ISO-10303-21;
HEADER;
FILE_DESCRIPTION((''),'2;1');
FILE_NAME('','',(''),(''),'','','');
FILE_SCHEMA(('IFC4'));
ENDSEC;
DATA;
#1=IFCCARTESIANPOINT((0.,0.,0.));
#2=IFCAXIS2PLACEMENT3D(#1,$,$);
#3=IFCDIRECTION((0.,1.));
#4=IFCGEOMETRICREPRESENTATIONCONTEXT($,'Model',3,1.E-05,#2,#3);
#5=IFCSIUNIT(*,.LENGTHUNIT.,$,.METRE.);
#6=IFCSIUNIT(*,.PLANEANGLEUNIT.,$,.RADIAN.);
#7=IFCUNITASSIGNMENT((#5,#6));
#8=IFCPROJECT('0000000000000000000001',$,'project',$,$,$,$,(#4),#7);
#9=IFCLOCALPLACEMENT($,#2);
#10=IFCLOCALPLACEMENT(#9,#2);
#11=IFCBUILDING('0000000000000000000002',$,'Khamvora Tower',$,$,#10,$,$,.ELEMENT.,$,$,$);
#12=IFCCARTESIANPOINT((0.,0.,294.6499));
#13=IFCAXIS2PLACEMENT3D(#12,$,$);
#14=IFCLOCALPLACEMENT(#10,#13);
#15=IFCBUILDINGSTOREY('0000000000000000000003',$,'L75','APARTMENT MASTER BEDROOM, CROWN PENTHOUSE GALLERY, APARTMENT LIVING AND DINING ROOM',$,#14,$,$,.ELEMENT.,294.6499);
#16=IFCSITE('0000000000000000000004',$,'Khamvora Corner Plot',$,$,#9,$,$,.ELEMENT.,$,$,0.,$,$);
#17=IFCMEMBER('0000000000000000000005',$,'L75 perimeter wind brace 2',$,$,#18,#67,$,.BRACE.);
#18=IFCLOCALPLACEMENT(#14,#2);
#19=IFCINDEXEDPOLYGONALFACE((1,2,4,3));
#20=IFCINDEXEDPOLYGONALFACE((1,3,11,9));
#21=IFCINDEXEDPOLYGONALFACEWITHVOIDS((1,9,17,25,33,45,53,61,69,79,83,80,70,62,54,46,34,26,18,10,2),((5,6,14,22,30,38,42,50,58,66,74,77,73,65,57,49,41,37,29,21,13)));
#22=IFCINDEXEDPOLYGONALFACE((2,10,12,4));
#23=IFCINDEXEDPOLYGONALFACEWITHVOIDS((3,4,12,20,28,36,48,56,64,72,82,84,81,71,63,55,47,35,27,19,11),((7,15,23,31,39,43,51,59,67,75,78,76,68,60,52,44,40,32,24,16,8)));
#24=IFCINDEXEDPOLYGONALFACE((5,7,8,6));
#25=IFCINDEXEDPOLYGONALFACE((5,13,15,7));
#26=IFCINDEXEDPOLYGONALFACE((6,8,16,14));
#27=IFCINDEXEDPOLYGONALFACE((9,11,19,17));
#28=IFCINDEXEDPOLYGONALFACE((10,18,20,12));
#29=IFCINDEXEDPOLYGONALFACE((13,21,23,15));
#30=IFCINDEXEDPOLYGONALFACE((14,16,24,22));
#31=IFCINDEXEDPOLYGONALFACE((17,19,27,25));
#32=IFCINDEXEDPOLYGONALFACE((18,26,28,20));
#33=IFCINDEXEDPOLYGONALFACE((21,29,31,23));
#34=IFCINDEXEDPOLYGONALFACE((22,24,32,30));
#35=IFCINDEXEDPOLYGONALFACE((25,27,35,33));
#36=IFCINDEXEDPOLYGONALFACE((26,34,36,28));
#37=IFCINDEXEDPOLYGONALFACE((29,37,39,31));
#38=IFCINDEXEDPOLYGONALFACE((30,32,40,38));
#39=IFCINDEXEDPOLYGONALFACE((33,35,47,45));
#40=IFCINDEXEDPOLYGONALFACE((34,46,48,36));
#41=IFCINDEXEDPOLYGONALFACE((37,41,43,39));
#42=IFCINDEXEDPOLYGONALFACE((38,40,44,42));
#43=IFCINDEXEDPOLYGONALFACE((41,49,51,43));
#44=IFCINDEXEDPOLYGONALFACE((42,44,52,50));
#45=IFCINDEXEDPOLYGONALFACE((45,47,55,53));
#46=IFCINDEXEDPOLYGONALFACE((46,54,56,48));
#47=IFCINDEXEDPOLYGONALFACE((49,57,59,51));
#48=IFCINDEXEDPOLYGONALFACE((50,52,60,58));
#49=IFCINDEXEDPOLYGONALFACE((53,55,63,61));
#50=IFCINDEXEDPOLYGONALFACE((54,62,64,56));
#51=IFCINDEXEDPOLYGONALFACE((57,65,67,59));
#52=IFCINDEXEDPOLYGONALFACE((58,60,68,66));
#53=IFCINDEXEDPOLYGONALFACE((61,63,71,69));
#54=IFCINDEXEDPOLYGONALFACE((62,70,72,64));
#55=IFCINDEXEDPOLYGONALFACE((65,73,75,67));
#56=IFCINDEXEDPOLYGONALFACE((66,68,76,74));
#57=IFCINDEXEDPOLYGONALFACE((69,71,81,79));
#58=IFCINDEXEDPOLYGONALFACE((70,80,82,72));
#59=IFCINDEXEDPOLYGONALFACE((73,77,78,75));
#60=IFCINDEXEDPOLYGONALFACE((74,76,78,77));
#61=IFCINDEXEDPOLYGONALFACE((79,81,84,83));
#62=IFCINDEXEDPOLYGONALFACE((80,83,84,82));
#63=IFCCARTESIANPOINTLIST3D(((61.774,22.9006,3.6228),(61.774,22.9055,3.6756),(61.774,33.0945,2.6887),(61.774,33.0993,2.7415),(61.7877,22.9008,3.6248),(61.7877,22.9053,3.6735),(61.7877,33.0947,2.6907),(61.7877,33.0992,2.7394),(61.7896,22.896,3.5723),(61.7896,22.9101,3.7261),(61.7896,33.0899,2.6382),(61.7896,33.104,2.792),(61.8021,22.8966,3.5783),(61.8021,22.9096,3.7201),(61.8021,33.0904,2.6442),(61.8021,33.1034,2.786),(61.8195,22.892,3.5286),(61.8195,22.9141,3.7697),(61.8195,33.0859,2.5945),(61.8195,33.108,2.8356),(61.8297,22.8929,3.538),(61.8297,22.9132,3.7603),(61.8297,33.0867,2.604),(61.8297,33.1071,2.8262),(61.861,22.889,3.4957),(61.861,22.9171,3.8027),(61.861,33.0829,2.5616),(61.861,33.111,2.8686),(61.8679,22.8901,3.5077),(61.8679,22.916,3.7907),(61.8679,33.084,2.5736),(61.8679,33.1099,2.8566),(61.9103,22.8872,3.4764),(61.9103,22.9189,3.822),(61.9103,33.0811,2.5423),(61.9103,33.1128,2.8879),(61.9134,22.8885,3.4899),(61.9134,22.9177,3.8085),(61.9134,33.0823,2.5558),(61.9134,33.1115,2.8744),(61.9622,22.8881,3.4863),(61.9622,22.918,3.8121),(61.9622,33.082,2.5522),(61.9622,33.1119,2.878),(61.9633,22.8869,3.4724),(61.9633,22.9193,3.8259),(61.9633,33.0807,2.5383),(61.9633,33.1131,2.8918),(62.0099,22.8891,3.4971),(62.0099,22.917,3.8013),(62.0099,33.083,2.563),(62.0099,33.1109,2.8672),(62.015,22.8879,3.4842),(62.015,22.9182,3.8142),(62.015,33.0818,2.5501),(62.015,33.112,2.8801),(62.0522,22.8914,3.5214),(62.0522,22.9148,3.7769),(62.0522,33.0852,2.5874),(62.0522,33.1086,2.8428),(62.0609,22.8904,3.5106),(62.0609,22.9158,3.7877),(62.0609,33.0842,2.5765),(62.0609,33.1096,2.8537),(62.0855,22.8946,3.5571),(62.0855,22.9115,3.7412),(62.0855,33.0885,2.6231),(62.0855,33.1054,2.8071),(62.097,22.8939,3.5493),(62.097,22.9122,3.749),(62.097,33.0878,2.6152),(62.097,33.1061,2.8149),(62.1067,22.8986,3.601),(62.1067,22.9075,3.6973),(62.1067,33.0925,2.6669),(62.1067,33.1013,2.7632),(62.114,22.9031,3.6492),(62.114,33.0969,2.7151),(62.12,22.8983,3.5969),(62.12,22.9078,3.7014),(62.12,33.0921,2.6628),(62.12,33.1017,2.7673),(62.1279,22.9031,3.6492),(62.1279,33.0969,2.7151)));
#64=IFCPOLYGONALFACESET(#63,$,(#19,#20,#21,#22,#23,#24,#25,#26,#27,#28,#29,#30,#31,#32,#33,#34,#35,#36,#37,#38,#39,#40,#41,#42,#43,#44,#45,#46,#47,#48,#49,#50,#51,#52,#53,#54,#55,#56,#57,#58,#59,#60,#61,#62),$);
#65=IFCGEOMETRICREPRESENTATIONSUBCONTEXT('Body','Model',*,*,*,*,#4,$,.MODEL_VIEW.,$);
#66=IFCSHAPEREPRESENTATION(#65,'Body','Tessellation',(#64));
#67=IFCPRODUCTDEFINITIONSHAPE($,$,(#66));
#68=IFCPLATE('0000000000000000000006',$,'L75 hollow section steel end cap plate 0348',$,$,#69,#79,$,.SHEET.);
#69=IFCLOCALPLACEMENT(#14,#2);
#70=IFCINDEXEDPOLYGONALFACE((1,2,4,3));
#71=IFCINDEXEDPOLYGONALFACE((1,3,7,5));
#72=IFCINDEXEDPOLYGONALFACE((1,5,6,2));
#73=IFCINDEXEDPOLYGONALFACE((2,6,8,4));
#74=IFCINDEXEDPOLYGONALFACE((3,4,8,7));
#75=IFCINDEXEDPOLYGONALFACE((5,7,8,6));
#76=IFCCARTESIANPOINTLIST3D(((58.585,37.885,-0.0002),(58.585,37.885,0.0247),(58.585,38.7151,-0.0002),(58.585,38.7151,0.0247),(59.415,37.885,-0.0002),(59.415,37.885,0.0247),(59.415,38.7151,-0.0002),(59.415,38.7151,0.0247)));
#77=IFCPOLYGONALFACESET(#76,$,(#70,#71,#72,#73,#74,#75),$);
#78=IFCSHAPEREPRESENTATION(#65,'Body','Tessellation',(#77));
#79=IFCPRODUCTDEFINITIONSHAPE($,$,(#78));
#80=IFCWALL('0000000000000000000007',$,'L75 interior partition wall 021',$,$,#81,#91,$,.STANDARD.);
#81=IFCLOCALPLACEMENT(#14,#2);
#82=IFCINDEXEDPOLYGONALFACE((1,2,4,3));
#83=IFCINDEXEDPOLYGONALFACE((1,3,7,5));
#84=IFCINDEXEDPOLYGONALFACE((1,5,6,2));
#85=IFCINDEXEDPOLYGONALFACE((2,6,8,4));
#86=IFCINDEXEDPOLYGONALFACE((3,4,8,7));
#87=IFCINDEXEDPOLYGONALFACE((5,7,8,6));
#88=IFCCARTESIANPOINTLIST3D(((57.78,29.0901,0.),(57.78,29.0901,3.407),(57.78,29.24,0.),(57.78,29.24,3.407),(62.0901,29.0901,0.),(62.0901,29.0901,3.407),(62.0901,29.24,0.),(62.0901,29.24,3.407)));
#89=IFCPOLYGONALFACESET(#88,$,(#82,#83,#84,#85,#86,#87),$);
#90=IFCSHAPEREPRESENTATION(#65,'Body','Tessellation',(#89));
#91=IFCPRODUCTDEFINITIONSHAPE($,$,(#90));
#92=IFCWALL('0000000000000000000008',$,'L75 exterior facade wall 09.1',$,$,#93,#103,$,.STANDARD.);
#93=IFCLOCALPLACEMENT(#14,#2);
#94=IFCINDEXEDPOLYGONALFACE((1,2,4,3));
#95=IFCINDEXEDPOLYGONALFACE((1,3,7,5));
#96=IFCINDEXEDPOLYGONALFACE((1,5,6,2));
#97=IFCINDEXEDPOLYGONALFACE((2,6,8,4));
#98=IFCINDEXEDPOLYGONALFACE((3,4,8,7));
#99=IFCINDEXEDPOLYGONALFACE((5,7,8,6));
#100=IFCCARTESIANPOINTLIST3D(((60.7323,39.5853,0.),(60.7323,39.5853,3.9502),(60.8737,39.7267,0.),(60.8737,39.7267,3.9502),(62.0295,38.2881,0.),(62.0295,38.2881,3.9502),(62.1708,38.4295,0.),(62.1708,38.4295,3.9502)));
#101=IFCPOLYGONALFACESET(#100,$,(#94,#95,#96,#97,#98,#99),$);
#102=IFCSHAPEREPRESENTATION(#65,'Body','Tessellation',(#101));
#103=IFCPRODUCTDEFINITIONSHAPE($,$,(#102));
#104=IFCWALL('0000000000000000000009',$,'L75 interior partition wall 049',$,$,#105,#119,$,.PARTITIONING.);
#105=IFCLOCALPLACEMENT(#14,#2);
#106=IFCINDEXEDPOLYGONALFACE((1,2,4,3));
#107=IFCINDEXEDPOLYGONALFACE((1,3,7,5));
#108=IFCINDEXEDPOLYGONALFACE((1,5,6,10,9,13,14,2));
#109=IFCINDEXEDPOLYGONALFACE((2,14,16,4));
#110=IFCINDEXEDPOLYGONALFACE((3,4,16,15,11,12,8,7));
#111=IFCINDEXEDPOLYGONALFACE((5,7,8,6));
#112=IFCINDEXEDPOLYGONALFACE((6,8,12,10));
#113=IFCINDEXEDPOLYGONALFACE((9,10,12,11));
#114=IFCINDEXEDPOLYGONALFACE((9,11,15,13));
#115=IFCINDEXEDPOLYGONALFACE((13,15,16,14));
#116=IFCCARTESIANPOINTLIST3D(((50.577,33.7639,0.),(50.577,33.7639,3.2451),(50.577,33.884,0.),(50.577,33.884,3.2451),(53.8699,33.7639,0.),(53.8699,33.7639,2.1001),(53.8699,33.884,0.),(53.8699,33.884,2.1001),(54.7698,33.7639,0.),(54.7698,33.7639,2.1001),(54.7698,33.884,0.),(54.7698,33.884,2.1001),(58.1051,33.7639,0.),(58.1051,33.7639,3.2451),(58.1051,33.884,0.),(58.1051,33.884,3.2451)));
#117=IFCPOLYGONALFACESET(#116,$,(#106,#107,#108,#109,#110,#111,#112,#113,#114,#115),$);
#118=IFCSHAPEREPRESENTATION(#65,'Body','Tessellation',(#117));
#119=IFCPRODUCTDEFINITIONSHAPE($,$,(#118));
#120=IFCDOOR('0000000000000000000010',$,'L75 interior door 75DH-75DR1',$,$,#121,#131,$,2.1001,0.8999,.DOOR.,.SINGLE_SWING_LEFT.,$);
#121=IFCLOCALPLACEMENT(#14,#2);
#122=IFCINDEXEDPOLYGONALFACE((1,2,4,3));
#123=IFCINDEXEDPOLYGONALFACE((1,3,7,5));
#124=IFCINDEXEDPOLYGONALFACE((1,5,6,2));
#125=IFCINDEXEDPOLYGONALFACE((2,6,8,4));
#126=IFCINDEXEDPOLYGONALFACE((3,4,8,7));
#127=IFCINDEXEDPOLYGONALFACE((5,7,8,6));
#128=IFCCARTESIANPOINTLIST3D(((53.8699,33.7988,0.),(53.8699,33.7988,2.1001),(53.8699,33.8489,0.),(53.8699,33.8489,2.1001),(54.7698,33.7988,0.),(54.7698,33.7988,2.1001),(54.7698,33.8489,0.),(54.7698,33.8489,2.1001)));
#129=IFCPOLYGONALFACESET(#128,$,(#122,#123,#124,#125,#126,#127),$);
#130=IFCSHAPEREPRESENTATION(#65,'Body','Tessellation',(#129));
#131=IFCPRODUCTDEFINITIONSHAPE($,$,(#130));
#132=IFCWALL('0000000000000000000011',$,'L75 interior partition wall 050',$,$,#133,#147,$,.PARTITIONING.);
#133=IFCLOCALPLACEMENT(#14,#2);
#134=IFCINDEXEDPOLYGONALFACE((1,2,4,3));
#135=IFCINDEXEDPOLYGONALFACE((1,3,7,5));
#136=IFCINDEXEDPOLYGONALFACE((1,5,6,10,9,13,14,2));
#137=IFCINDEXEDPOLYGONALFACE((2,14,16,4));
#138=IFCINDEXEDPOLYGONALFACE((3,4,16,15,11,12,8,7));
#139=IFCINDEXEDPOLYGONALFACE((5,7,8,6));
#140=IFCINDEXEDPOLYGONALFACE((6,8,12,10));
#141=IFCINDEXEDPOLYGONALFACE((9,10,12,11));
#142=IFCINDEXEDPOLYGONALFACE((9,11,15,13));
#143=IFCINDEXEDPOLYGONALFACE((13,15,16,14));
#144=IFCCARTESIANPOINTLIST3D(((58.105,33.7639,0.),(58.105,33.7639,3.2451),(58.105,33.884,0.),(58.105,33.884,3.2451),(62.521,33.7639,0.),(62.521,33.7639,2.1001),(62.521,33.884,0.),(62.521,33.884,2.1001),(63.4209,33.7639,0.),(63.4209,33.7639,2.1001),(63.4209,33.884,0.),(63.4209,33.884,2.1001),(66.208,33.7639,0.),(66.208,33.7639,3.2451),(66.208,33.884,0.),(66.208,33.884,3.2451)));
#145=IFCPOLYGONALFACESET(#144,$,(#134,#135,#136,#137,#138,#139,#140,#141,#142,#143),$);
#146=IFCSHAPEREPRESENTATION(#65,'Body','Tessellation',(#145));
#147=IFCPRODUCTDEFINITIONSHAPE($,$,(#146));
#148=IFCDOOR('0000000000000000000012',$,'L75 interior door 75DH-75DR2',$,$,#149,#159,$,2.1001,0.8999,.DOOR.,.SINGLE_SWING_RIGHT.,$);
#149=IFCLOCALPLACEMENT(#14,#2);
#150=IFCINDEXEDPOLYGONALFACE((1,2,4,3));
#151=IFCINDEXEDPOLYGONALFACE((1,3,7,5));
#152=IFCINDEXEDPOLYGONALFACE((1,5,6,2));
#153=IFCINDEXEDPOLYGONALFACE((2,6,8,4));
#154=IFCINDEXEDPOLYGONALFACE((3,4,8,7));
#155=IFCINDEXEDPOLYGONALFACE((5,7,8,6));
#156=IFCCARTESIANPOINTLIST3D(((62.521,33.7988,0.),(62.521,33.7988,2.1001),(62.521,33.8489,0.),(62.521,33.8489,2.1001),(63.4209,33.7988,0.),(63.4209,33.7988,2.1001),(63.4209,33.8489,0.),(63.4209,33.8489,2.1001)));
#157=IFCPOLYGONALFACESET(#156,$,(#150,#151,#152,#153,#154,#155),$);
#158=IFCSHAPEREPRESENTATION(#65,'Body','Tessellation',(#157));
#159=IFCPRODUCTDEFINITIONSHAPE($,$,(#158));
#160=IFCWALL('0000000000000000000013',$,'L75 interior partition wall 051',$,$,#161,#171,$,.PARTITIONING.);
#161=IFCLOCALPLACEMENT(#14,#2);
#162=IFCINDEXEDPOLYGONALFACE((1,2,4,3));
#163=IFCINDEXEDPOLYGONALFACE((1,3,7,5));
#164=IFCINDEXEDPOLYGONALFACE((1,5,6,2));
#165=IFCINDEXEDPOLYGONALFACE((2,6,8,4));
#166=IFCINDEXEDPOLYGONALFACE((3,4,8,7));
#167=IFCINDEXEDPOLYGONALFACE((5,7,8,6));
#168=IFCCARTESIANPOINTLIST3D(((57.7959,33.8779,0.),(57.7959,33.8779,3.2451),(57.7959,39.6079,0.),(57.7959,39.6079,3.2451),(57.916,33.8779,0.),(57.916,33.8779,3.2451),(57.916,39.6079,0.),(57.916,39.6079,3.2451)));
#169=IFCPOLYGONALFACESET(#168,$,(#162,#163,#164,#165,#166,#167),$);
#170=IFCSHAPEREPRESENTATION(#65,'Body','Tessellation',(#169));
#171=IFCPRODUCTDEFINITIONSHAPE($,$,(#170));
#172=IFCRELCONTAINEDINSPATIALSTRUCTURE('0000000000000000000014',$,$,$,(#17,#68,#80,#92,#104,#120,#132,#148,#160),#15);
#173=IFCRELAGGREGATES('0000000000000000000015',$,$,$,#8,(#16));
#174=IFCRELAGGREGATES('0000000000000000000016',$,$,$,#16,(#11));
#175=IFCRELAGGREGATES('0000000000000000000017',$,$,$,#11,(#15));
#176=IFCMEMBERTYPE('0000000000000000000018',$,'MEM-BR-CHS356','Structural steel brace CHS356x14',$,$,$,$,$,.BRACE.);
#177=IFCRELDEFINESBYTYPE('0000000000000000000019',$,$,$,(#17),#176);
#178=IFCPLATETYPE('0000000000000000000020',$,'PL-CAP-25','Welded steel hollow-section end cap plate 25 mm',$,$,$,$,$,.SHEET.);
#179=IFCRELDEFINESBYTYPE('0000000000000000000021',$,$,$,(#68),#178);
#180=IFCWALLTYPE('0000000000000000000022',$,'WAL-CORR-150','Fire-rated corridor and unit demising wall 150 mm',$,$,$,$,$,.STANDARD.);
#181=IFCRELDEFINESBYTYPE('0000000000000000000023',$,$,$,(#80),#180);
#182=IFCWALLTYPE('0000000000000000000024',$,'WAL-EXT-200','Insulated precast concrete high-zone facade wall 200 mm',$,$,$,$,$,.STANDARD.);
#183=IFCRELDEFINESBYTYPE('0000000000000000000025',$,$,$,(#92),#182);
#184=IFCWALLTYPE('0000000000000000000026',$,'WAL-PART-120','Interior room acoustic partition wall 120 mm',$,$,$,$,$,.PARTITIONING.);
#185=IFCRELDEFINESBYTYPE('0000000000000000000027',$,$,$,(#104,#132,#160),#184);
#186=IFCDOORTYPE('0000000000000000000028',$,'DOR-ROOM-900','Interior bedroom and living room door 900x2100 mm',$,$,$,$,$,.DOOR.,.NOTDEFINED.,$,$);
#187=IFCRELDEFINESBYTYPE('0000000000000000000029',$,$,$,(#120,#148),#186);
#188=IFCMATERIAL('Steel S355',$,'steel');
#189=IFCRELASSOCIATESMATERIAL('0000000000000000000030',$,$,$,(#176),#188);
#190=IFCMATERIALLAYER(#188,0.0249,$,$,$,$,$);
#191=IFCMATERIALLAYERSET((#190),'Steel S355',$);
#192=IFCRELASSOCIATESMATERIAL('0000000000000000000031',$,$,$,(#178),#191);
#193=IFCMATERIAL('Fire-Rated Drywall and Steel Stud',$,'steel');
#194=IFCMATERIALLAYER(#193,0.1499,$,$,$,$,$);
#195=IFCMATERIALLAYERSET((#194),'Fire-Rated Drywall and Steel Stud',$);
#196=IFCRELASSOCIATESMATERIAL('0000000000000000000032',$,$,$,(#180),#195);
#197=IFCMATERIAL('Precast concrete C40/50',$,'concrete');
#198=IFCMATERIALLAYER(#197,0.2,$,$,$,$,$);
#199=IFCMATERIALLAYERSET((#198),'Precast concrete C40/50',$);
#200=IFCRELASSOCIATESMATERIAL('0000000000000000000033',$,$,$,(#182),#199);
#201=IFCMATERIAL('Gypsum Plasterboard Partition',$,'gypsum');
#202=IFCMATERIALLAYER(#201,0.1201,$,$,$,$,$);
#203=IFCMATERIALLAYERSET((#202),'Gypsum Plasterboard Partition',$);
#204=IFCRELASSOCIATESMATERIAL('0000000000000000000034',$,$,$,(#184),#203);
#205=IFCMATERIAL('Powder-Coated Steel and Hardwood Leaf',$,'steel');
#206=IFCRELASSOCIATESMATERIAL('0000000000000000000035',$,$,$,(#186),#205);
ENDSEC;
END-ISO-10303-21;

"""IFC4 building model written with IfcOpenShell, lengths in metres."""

from ifc_helpers import new_model, si_unit, direction, frame, frame_2d, origin, origin_2d, place, context, subcontext, project, spatial, rectangle, hollow_circle, extrude, material, layer, layer_set, material_profile, profile_set, type_object, element, fill, save


model = new_model("IFC4")

# Units and contexts
model_context = context("Model", 3, precision=1e-05, world=origin(), true_north=direction((0.0, 1.0)))
body_context = subcontext(model_context, "Body", "Model", "MODEL_VIEW")
ifc_project = project(units=[si_unit("LENGTHUNIT", "METRE"), si_unit("PLANEANGLEUNIT", "RADIAN")], contexts=[model_context])

# Site, building, storey
site_placement = place(None, origin())
site = spatial("IfcSite", under=ifc_project, at=site_placement, Name="Khamvora Corner Plot", CompositionType="ELEMENT", RefElevation=0.0)
building_placement = place(site_placement, origin())
building = spatial("IfcBuilding", under=site, at=building_placement, Name="Khamvora Tower", CompositionType="ELEMENT")
storey_placement = place(building_placement, frame((0.0, 0.0, 294.6499)))
storey = spatial("IfcBuildingStorey", under=building, at=storey_placement, Name="L75", Description="APARTMENT MASTER BEDROOM, CROWN PENTHOUSE GALLERY, APARTMENT LIVING AND DINING ROOM", CompositionType="ELEMENT", Elevation=294.6499)

# Shared definitions
ifc_material_1 = material(Name="Steel S355", Category="steel")

# Member
ifc_material_profile_1 = material_profile(ifc_material_1, hollow_circle(Radius=0.178, WallThickness=0.0139, at=origin_2d()), Name="CHS356x14")
ifc_profile_set_1 = profile_set([ifc_material_profile_1], Name="Steel S355")
member_type = type_object("IfcMemberType", Name="MEM-BR-CHS356", Description="Structural steel brace CHS356x14", PredefinedType="BRACE", material=ifc_profile_set_1)
member_placement = place(storey_placement, frame((61.95, 33.0969, 2.7151), z_axis=(0.0, -0.995828, 0.09125), x_axis=(1.0, 0.0, 0.0)))
element("IfcMember", 1, at=member_placement, inside=storey, type_object=member_type, Name="L75 perimeter wind brace 2", PredefinedType="BRACE", context=body_context, shape_type="SweptSolid", body=[
    extrude(hollow_circle(Radius=0.178, WallThickness=0.0139, at=origin_2d()), origin(), (0.0, 0.0, 1.0), 10.2366),
])

# Plate
ifc_layer_1 = layer(ifc_material_1, 0.0249)
ifc_layer_set_1 = layer_set([ifc_layer_1], Name="Steel S355")
plate_type = type_object("IfcPlateType", Name="PL-CAP-25", Description="Welded steel hollow-section end cap plate 25 mm", PredefinedType="SHEET", material=ifc_layer_set_1)
plate_placement = place(storey_placement, frame((59.0, 38.3, -0.0002), z_axis=(0.0, 0.0, 1.0), x_axis=(1.0, 0.0, 0.0)))
element("IfcPlate", 2, at=plate_placement, inside=storey, type_object=plate_type, Name="L75 hollow section steel end cap plate 0348", PredefinedType="SHEET", context=body_context, shape_type="SweptSolid", body=[
    extrude(rectangle(XDim=0.8301, YDim=0.8301, at=origin_2d()), origin(), (0.0, 0.0, 1.0), 0.0249),
])

# Walls
ifc_material_2 = material(Name="Fire-Rated Drywall and Steel Stud", Category="steel")
ifc_layer_2 = layer(ifc_material_2, 0.1499)
ifc_layer_set_2 = layer_set([ifc_layer_2], Name="Fire-Rated Drywall and Steel Stud")
wall_type_1 = type_object("IfcWallType", Name="WAL-CORR-150", Description="Fire-rated corridor and unit demising wall 150 mm", PredefinedType="STANDARD", material=ifc_layer_set_2)
wall_1_placement = place(storey_placement, frame((57.78, 29.165, 0.0), z_axis=(0.0, 0.0, 1.0), x_axis=(1.0, 0.0, 0.0)))
element("IfcWall", 3, at=wall_1_placement, inside=storey, type_object=wall_type_1, Name="L75 interior partition wall 021", PredefinedType="STANDARD", context=body_context, shape_type="SweptSolid", body=[
    extrude(rectangle(XDim=4.3101, YDim=0.1499, at=frame_2d((2.155, 0.0))), origin(), (0.0, 0.0, 1.0), 3.407),
])
ifc_material_3 = material(Name="Precast concrete C40/50", Category="concrete")
ifc_layer_3 = layer(ifc_material_3, 0.2)
ifc_layer_set_3 = layer_set([ifc_layer_3], Name="Precast concrete C40/50")
wall_type_2 = type_object("IfcWallType", Name="WAL-EXT-200", Description="Insulated precast concrete high-zone facade wall 200 mm", PredefinedType="STANDARD", material=ifc_layer_set_3)
wall_2_placement = place(storey_placement, frame((60.803, 39.656, 0.0), z_axis=(0.0, 0.0, 1.0), x_axis=(0.707107, -0.707107, 0.0)))
element("IfcWall", 4, at=wall_2_placement, inside=storey, type_object=wall_type_2, Name="L75 exterior facade wall 09.1", PredefinedType="STANDARD", context=body_context, shape_type="SweptSolid", body=[
    extrude(rectangle(XDim=1.8345, YDim=0.2, at=frame_2d((0.9172, 0.0))), origin(), (0.0, 0.0, 1.0), 3.9502),
])

# Walls, openings, doors
ifc_material_4 = material(Name="Gypsum Plasterboard Partition", Category="gypsum")
ifc_layer_4 = layer(ifc_material_4, 0.1201)
ifc_layer_set_4 = layer_set([ifc_layer_4], Name="Gypsum Plasterboard Partition")
wall_type_3 = type_object("IfcWallType", Name="WAL-PART-120", Description="Interior room acoustic partition wall 120 mm", PredefinedType="PARTITIONING", material=ifc_layer_set_4)
wall_3_placement = place(storey_placement, frame((50.5769, 33.824, 0.0), z_axis=(0.0, 0.0, 1.0), x_axis=(1.0, 0.0, 0.0)))
wall_3 = element("IfcWall", 5, at=wall_3_placement, inside=storey, type_object=wall_type_3, Name="L75 interior partition wall 049", PredefinedType="PARTITIONING", context=body_context, shape_type="SweptSolid", body=[
    extrude(rectangle(XDim=7.5281, YDim=0.1201, at=frame_2d((3.7642, 0.0))), origin(), (0.0, 0.0, 1.0), 3.2451),
])
opening_1_placement = place(wall_3_placement, frame((3.293, 0.0, 0.0)))
opening_1 = element("IfcOpeningElement", 6, at=opening_1_placement, cuts=wall_3, PredefinedType="OPENING", context=body_context, shape_type="SweptSolid", body=[
    extrude(rectangle(XDim=0.8999, YDim=2.1001, at=frame_2d((0.45, 1.05))), frame((0.0, 0.0701, 0.0), z_axis=(0.0, -1.0, 0.0), x_axis=(1.0, 0.0, 0.0)), (0.0, 0.0, 1.0), 0.1401),
])
ifc_material_5 = material(Name="Powder-Coated Steel and Hardwood Leaf", Category="steel")
door_type_1 = type_object("IfcDoorType", Name="DOR-ROOM-900", Description="Interior bedroom and living room door 900x2100 mm", OperationType="NOTDEFINED", PredefinedType="DOOR", material=ifc_material_5)
door_1_placement = place(opening_1_placement, origin())
door_1 = element("IfcDoor", 7, at=door_1_placement, inside=storey, type_object=door_type_1, Name="L75 interior door 75DH-75DR1", OperationType="SINGLE_SWING_LEFT", OverallHeight=2.1001, OverallWidth=0.8999, PredefinedType="DOOR", context=body_context, shape_type="SweptSolid", body=[
    extrude(rectangle(XDim=0.8999, YDim=2.1001, at=frame_2d((0.45, 1.05))), frame((0.0, 0.0249, 0.0), z_axis=(0.0, -1.0, 0.0), x_axis=(1.0, 0.0, 0.0)), (0.0, 0.0, 1.0), 0.05),
])
fill(opening_1, door_1)
wall_4_placement = place(storey_placement, frame((58.105, 33.824, 0.0), z_axis=(0.0, 0.0, 1.0), x_axis=(1.0, 0.0, 0.0)))
wall_4 = element("IfcWall", 8, at=wall_4_placement, inside=storey, type_object=wall_type_3, Name="L75 interior partition wall 050", PredefinedType="PARTITIONING", context=body_context, shape_type="SweptSolid", body=[
    extrude(rectangle(XDim=8.103, YDim=0.1201, at=frame_2d((4.0515, 0.0))), origin(), (0.0, 0.0, 1.0), 3.2451),
])
opening_2_placement = place(wall_4_placement, frame((4.416, 0.0, 0.0)))
opening_2 = element("IfcOpeningElement", 9, at=opening_2_placement, cuts=wall_4, PredefinedType="OPENING", context=body_context, shape_type="SweptSolid", body=[
    extrude(rectangle(XDim=0.8999, YDim=2.1001, at=frame_2d((0.45, 1.05))), frame((0.0, 0.0701, 0.0), z_axis=(0.0, -1.0, 0.0), x_axis=(1.0, 0.0, 0.0)), (0.0, 0.0, 1.0), 0.1401),
])
door_2_placement = place(opening_2_placement, origin())
door_2 = element("IfcDoor", 10, at=door_2_placement, inside=storey, type_object=door_type_1, Name="L75 interior door 75DH-75DR2", OperationType="SINGLE_SWING_RIGHT", OverallHeight=2.1001, OverallWidth=0.8999, PredefinedType="DOOR", context=body_context, shape_type="SweptSolid", body=[
    extrude(rectangle(XDim=0.8999, YDim=2.1001, at=frame_2d((0.45, 1.05))), frame((0.0, 0.0249, 0.0), z_axis=(0.0, -1.0, 0.0), x_axis=(1.0, 0.0, 0.0)), (0.0, 0.0, 1.0), 0.05),
])
fill(opening_2, door_2)

# Wall
wall_5_placement = place(storey_placement, frame((57.856, 39.6079, 0.0), z_axis=(0.0, 0.0, 1.0), x_axis=(0.0, -1.0, 0.0)))
element("IfcWall", 11, at=wall_5_placement, inside=storey, type_object=wall_type_3, Name="L75 interior partition wall 051", PredefinedType="PARTITIONING", context=body_context, shape_type="SweptSolid", body=[
    extrude(rectangle(XDim=5.73, YDim=0.1201, at=frame_2d((2.865, 0.0))), origin(), (0.0, 0.0, 1.0), 3.2451),
])

save(model, "model.ifc")
